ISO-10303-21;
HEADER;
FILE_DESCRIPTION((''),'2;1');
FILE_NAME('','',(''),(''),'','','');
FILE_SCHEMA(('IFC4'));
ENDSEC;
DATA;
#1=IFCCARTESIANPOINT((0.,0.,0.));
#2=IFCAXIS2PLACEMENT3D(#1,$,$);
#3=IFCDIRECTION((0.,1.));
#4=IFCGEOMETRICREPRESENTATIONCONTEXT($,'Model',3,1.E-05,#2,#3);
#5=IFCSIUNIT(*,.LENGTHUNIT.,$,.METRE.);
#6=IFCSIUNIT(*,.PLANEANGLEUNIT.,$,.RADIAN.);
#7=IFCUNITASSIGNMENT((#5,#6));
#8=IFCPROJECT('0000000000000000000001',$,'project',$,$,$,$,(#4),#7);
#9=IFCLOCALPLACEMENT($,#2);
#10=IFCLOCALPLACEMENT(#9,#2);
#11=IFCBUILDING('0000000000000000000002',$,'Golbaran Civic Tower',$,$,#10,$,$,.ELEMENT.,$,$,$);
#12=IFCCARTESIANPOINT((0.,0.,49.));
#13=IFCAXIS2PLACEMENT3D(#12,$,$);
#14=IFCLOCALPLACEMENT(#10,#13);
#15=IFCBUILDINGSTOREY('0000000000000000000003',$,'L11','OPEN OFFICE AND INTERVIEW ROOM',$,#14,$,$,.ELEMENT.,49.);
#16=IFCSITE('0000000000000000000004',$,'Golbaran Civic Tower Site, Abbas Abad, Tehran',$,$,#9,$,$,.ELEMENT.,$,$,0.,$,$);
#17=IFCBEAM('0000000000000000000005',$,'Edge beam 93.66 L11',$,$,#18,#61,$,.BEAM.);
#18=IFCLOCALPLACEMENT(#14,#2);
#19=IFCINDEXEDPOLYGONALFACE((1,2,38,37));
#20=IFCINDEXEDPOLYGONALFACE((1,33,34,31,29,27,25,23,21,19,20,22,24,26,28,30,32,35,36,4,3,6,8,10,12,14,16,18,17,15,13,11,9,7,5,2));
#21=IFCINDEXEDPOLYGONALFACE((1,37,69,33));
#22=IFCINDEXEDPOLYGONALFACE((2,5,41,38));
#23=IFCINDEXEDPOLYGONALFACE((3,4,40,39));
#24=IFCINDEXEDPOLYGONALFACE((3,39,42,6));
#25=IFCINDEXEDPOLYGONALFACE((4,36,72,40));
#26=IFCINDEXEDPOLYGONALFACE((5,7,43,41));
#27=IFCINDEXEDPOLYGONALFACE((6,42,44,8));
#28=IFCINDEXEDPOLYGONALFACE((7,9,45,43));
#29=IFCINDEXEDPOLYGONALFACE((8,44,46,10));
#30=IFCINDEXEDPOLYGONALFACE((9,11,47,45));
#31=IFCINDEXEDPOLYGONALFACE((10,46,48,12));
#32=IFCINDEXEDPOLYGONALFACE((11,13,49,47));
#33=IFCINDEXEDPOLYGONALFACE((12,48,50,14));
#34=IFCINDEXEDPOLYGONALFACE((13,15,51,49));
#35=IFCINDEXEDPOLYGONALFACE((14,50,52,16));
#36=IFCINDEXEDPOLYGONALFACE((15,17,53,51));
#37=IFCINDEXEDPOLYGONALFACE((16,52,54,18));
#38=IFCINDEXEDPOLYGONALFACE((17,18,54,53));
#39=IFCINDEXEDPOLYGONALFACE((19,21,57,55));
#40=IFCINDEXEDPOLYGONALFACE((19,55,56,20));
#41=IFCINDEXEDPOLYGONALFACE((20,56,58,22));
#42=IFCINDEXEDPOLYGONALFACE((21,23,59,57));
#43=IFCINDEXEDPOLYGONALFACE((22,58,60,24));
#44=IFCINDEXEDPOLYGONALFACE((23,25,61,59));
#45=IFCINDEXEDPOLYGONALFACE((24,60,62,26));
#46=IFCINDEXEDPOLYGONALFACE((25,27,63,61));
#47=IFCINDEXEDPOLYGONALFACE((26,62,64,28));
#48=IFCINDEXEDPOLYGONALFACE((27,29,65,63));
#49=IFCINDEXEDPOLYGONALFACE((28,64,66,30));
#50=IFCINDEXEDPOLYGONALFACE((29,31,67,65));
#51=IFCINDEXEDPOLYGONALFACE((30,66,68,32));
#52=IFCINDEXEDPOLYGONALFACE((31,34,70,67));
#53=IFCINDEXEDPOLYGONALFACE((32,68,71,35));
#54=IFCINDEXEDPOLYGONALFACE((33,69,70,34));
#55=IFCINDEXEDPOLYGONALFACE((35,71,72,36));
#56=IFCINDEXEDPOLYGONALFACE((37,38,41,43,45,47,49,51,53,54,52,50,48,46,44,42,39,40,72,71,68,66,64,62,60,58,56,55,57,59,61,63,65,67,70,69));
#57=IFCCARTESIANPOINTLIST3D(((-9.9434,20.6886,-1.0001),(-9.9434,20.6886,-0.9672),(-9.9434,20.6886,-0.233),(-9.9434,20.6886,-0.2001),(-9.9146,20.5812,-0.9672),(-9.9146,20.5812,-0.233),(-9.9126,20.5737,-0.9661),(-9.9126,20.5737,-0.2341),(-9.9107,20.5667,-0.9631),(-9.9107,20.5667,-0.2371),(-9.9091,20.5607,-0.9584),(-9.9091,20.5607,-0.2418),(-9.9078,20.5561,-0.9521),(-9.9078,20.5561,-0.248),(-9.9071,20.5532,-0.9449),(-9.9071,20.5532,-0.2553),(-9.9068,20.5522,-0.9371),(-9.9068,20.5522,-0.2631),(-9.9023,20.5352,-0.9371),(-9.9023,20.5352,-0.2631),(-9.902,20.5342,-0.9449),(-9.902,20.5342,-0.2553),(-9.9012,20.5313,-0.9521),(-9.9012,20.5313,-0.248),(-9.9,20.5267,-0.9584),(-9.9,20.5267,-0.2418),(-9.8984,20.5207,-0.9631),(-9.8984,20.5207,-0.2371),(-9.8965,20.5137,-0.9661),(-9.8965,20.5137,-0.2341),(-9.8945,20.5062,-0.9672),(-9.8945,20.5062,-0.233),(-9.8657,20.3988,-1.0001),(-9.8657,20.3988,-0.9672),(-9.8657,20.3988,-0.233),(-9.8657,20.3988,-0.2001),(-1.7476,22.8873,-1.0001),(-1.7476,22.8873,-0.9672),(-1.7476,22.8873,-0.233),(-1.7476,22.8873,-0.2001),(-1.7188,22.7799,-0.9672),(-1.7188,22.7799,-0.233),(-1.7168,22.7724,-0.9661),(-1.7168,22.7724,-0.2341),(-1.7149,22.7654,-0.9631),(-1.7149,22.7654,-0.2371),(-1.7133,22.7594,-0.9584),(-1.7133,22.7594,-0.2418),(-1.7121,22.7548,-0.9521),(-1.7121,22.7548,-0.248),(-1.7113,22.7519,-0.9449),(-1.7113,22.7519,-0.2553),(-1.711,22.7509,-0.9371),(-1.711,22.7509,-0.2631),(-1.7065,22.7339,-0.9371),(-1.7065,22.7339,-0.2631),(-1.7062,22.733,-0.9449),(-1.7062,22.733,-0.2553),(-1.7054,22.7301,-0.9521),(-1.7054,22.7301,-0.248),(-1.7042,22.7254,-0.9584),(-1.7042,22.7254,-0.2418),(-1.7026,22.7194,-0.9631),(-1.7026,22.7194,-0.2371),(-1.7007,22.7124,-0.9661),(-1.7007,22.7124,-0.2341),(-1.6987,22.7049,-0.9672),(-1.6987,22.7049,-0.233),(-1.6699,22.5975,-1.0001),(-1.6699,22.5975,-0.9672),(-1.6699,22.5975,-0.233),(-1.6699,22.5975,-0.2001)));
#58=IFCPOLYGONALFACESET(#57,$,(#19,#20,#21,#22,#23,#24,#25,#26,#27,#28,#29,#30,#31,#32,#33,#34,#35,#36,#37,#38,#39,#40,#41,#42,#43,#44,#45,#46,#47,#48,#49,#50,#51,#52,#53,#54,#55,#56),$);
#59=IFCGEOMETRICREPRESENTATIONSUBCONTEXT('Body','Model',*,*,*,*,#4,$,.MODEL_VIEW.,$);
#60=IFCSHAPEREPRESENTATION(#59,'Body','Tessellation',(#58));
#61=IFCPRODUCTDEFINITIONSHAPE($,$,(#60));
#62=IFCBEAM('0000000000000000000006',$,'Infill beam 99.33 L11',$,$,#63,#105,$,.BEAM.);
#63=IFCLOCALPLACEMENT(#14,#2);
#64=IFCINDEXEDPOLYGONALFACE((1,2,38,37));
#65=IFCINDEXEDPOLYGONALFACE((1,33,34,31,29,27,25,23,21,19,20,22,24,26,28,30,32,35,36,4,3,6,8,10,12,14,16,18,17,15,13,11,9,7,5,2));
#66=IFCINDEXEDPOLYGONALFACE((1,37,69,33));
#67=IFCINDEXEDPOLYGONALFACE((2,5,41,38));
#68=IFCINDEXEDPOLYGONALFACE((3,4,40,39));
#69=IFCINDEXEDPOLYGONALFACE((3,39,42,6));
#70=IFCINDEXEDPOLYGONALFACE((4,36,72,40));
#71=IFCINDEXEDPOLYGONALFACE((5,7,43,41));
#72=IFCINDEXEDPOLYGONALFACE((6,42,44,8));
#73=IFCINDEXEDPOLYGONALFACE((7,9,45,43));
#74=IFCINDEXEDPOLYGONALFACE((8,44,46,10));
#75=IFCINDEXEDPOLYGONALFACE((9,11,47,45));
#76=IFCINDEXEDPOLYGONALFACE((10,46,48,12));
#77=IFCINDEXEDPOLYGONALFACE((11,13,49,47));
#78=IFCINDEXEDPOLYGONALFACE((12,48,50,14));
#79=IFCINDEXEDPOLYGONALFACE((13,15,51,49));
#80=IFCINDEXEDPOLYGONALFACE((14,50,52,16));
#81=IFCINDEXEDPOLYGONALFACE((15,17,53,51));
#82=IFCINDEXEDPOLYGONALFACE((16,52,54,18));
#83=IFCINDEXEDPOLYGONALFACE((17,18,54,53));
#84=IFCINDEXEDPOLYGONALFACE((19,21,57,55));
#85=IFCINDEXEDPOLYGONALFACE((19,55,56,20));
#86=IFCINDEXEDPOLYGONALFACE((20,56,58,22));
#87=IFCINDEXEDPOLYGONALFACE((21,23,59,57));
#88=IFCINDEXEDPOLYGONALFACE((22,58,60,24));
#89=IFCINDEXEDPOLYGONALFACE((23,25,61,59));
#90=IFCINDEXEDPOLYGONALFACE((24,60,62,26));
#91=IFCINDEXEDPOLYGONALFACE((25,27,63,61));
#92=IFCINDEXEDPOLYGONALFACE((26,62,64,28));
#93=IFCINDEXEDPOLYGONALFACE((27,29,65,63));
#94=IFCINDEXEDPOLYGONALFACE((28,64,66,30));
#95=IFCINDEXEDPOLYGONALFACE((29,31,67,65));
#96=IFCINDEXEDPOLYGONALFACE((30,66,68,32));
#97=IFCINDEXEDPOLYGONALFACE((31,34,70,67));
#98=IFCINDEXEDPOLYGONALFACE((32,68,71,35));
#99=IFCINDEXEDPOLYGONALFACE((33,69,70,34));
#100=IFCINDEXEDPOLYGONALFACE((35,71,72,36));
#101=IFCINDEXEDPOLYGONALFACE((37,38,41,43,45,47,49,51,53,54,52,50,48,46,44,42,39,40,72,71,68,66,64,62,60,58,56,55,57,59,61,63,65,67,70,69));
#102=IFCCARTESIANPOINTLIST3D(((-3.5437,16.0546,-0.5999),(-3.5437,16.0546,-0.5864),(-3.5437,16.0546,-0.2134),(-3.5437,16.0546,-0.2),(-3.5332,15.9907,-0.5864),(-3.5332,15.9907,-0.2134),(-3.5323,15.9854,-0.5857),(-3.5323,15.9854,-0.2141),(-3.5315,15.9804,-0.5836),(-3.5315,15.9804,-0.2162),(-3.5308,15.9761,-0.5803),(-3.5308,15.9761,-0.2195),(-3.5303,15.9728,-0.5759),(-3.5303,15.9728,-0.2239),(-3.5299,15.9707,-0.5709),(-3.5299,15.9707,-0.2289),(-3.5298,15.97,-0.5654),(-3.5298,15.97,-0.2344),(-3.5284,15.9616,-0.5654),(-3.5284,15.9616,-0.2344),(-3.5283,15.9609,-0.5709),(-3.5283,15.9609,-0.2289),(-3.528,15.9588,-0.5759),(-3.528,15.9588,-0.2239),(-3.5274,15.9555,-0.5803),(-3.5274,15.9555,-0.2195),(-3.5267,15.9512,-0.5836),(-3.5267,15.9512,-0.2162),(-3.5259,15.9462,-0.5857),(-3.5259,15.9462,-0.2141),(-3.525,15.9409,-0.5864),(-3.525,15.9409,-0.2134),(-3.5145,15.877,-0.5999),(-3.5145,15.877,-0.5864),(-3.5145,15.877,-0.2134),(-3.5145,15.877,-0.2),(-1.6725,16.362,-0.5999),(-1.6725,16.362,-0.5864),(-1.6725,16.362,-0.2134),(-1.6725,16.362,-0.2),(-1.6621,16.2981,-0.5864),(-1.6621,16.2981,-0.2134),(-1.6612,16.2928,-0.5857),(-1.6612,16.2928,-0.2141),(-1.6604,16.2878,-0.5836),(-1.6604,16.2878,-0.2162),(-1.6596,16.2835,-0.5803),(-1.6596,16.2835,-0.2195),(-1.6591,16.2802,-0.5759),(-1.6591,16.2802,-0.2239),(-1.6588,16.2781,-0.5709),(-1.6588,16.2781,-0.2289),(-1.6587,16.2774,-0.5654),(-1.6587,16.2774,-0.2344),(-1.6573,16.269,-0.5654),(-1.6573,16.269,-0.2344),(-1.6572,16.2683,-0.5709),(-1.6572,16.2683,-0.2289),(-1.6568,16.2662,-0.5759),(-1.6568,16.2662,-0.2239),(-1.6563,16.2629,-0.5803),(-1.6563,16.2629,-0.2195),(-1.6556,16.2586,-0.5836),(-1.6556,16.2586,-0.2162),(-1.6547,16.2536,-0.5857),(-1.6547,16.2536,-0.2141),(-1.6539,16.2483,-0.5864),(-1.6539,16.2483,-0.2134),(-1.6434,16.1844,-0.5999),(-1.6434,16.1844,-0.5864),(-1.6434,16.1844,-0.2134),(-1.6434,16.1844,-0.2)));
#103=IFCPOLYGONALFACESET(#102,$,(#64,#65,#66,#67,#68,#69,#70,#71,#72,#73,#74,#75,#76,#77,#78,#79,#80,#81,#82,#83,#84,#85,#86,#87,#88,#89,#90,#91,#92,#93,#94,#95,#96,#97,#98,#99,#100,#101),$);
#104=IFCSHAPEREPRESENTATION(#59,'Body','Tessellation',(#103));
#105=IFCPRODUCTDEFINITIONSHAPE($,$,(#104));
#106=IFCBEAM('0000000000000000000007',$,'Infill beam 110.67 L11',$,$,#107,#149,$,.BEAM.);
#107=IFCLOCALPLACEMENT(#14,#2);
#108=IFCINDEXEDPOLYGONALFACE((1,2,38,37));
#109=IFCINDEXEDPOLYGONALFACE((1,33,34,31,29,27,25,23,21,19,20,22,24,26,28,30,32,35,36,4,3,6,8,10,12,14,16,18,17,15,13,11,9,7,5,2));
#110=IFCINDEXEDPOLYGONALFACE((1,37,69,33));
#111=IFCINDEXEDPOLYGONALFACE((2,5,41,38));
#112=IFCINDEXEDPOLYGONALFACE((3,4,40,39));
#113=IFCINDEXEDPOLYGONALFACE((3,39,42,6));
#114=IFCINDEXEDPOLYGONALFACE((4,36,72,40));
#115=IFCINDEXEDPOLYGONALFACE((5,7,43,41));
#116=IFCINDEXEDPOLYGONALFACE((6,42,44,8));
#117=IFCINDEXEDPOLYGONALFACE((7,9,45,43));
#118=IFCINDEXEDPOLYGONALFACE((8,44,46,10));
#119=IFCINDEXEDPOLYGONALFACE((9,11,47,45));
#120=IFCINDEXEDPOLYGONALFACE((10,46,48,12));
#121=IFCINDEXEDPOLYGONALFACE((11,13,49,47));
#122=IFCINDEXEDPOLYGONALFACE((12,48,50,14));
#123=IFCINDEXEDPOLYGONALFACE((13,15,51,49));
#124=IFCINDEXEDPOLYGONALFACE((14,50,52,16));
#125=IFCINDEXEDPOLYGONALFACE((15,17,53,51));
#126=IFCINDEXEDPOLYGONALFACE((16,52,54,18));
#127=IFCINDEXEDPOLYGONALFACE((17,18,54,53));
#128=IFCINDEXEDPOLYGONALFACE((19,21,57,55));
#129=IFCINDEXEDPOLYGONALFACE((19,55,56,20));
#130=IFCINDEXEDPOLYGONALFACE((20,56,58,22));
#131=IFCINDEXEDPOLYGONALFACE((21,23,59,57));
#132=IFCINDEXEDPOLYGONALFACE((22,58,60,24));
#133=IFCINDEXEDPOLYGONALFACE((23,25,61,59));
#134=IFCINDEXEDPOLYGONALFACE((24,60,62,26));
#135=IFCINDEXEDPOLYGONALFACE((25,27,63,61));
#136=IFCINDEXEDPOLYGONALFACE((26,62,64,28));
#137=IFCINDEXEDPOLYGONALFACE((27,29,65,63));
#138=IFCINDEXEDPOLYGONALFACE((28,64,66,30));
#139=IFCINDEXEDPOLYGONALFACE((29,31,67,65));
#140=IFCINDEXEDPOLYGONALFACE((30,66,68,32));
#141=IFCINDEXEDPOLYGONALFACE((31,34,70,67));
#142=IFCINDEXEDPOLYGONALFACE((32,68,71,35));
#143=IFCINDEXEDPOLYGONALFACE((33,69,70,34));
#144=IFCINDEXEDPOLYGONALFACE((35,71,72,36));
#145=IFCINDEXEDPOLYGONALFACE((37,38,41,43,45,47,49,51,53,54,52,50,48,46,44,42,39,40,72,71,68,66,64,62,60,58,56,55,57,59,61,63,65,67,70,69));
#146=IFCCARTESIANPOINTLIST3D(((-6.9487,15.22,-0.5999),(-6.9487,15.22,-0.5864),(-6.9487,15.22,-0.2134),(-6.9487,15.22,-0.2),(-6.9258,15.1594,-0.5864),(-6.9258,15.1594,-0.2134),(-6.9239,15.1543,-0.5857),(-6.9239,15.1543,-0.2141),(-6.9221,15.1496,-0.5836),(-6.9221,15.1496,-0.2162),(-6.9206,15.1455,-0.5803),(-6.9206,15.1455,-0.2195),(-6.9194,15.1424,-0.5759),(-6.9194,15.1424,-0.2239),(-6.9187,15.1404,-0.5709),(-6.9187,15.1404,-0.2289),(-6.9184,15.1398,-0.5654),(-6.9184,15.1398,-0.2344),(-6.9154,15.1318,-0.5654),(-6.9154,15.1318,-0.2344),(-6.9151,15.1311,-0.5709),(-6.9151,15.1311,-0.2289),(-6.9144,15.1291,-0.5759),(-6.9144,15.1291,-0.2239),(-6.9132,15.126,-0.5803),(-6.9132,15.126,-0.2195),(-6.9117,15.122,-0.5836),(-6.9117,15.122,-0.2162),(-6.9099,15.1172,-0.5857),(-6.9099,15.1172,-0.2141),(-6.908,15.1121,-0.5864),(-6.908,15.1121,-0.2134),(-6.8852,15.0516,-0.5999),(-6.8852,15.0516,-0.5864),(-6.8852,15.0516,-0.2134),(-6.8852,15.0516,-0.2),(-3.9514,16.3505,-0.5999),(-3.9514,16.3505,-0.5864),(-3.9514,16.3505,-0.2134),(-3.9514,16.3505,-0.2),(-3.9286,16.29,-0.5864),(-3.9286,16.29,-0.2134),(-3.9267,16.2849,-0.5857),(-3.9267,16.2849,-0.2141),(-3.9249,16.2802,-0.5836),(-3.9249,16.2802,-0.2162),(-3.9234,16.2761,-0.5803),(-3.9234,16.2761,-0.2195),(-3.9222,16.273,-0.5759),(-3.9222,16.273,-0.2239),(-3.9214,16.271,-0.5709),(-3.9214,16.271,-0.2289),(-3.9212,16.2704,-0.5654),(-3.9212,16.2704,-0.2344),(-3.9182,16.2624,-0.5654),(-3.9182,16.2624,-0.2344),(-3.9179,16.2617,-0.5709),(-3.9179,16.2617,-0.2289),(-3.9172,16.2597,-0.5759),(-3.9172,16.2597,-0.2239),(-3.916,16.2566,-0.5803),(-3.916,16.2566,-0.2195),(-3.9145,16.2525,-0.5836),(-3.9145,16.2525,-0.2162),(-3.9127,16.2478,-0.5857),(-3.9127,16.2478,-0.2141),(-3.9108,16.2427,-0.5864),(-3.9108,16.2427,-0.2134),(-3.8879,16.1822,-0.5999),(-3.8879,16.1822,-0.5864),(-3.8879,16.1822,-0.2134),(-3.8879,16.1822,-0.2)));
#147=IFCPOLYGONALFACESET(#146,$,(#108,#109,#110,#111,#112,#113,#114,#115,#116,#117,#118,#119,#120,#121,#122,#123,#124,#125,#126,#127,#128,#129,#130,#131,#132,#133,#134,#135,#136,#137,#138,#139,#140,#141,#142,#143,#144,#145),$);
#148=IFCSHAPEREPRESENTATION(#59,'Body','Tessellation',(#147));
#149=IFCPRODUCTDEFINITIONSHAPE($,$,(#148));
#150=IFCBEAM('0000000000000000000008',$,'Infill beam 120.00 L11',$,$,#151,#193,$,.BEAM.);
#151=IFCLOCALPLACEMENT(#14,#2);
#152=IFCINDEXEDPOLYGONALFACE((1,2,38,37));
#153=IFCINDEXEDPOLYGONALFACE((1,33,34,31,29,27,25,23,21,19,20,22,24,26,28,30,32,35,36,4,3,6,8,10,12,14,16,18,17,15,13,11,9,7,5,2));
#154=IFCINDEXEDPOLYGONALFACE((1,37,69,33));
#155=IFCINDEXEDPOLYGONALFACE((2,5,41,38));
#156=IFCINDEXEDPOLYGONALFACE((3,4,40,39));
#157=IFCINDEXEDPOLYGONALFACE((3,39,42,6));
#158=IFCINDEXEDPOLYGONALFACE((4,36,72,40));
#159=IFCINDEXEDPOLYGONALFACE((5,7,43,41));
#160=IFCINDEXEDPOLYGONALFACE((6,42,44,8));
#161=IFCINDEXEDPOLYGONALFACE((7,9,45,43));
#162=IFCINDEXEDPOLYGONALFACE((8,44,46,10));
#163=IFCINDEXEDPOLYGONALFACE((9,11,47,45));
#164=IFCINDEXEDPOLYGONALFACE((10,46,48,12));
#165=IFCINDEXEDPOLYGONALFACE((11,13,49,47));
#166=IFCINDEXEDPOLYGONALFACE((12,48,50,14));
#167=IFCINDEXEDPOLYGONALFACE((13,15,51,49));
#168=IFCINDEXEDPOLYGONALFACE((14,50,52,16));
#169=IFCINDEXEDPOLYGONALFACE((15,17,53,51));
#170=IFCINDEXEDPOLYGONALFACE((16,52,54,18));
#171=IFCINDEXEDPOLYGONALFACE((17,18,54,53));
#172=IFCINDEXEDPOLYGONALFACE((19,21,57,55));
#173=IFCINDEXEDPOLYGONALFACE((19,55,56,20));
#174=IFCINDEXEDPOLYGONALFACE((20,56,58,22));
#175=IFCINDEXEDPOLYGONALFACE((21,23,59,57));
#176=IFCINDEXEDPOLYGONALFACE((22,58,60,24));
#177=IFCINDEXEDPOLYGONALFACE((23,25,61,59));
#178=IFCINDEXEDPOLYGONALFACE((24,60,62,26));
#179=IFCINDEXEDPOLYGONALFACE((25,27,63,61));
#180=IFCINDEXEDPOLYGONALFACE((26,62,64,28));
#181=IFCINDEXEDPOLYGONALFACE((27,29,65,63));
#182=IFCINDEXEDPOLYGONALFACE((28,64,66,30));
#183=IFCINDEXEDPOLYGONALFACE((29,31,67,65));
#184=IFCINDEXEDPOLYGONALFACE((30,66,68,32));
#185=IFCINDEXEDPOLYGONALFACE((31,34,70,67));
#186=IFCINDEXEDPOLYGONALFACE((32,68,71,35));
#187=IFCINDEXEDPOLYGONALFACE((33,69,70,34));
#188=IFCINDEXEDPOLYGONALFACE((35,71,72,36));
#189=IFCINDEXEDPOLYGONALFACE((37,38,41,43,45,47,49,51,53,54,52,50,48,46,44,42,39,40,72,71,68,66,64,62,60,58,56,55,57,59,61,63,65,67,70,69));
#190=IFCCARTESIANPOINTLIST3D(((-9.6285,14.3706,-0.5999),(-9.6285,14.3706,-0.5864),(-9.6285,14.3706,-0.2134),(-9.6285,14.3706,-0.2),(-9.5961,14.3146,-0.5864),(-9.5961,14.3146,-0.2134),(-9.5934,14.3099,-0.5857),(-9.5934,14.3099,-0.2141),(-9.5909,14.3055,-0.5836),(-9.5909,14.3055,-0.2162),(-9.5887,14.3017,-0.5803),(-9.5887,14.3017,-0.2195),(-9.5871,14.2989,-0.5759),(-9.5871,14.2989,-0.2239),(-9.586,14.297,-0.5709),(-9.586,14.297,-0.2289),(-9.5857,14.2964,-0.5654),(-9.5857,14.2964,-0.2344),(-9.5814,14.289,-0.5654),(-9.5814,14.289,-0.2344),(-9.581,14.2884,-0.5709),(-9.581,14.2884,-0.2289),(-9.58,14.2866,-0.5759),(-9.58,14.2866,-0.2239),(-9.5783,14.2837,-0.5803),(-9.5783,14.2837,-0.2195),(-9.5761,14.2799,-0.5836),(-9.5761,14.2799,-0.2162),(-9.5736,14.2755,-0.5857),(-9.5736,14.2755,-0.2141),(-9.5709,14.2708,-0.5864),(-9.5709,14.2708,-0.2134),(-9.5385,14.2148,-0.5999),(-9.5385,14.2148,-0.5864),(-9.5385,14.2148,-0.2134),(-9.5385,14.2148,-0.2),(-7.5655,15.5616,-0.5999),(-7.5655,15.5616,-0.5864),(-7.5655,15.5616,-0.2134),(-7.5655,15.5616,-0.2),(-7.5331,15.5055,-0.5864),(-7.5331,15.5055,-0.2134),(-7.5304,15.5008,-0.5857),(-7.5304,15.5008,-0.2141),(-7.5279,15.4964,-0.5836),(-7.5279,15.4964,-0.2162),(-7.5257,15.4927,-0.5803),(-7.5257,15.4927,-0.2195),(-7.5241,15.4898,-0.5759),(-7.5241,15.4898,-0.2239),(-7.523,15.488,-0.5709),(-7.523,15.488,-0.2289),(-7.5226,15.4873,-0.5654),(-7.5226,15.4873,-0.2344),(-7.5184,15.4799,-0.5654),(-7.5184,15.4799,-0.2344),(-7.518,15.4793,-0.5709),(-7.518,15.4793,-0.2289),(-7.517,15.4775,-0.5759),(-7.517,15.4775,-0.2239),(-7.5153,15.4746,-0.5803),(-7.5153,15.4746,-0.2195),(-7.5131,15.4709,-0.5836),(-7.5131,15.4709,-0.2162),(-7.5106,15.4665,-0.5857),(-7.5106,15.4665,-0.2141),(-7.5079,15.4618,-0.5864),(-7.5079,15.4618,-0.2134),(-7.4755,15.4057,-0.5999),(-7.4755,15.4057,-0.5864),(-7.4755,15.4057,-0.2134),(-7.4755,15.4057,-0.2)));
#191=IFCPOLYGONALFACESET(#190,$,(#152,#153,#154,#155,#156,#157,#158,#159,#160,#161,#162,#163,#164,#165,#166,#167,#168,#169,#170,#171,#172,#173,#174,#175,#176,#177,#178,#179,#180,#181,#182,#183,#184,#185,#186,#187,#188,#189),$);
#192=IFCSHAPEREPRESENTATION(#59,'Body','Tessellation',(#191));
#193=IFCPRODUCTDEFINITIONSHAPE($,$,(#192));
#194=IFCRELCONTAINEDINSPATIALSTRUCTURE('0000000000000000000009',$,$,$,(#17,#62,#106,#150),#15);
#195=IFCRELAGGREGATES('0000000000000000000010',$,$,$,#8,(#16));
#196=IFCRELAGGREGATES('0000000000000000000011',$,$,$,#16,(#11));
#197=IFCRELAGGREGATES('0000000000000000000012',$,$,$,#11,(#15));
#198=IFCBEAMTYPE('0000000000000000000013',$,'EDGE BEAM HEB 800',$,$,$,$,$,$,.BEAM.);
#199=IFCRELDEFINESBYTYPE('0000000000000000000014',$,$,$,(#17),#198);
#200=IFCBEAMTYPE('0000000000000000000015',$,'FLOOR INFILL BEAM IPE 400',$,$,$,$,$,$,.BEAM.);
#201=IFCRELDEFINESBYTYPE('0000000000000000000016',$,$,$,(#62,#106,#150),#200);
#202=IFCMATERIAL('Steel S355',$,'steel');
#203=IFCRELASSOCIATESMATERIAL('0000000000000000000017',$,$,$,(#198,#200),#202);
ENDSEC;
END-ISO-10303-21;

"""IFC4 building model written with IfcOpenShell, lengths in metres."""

from ifc_helpers import new_model, si_unit, direction, frame, origin, origin_2d, place, context, subcontext, project, spatial, i_section, extrude, material, material_profile, profile_set, type_object, element, save


model = new_model("IFC4")

# Units and contexts
model_context = context("Model", 3, precision=1e-05, world=origin(), true_north=direction((0.0, 1.0)))
body_context = subcontext(model_context, "Body", "Model", "MODEL_VIEW")
ifc_project = project(units=[si_unit("LENGTHUNIT", "METRE"), si_unit("PLANEANGLEUNIT", "RADIAN")], contexts=[model_context])

# Site, building, storey
site_placement = place(None, origin())
site = spatial("IfcSite", under=ifc_project, at=site_placement, Name="Golbaran Civic Tower Site, Abbas Abad, Tehran", CompositionType="ELEMENT", RefElevation=0.0)
building_placement = place(site_placement, origin())
building = spatial("IfcBuilding", under=site, at=building_placement, Name="Golbaran Civic Tower", CompositionType="ELEMENT")
storey_placement = place(building_placement, frame((0.0, 0.0, 49.0)))
storey = spatial("IfcBuildingStorey", under=building, at=storey_placement, Name="L11", Description="OPEN OFFICE AND INTERVIEW ROOM", CompositionType="ELEMENT", Elevation=49.0)

# Beams
ifc_material_1 = material(Name="Steel S355", Category="steel")
ifc_material_profile_1 = material_profile(ifc_material_1, i_section(OverallWidth=0.3, OverallDepth=0.8, WebThickness=0.0176, FlangeThickness=0.033, FilletRadius=0.03, at=origin_2d()), Name="HEB 800")
ifc_profile_set_1 = profile_set([ifc_material_profile_1], Name="Steel S355")
beam_type_1 = type_object("IfcBeamType", Name="EDGE BEAM HEB 800", PredefinedType="BEAM", material=ifc_profile_set_1)
beam_1_placement = place(storey_placement, frame((-1.7087, 22.7424, -0.6001), z_axis=(-0.965847, -0.259113, 0.0), x_axis=(0.259113, -0.965847, 0.0)))
element("IfcBeam", 1, at=beam_1_placement, inside=storey, type_object=beam_type_1, Name="Edge beam 93.66 L11", PredefinedType="BEAM", context=body_context, shape_type="SweptSolid", body=[
    extrude(i_section(OverallWidth=0.3, OverallDepth=0.8, WebThickness=0.0176, FlangeThickness=0.033, FilletRadius=0.03, at=origin_2d()), origin(), (0.0, 0.0, 1.0), 8.4856),
])
ifc_material_profile_2 = material_profile(ifc_material_1, i_section(OverallWidth=0.1799, OverallDepth=0.3999, WebThickness=0.0085, FlangeThickness=0.0134, FilletRadius=0.021, at=origin_2d()), Name="IPE 400")
ifc_profile_set_2 = profile_set([ifc_material_profile_2], Name="Steel S355")
beam_type_2 = type_object("IfcBeamType", Name="FLOOR INFILL BEAM IPE 400", PredefinedType="BEAM", material=ifc_profile_set_2)
beam_2_placement = place(storey_placement, frame((-1.658, 16.2732, -0.3999), z_axis=(-0.986774, -0.162102, 0.0), x_axis=(0.162102, -0.986774, 0.0)))
element("IfcBeam", 2, at=beam_2_placement, inside=storey, type_object=beam_type_2, Name="Infill beam 99.33 L11", PredefinedType="BEAM", context=body_context, shape_type="SweptSolid", body=[
    extrude(i_section(OverallWidth=0.1799, OverallDepth=0.3999, WebThickness=0.0085, FlangeThickness=0.0134, FilletRadius=0.021, at=origin_2d()), origin(), (0.0, 0.0, 1.0), 1.8962),
])
beam_3_placement = place(storey_placement, frame((-3.9197, 16.2664, -0.3999), z_axis=(-0.935648, -0.352935, 0.0), x_axis=(0.352935, -0.935648, 0.0)))
element("IfcBeam", 3, at=beam_3_placement, inside=storey, type_object=beam_type_2, Name="Infill beam 110.67 L11", PredefinedType="BEAM", context=body_context, shape_type="SweptSolid", body=[
    extrude(i_section(OverallWidth=0.1799, OverallDepth=0.3999, WebThickness=0.0085, FlangeThickness=0.0134, FilletRadius=0.021, at=origin_2d()), origin(), (0.0, 0.0, 1.0), 3.2034),
])
beam_4_placement = place(storey_placement, frame((-7.5205, 15.4836, -0.3999), z_axis=(-0.866052, -0.499953, 0.0), x_axis=(0.499953, -0.866052, 0.0)))
element("IfcBeam", 4, at=beam_4_placement, inside=storey, type_object=beam_type_2, Name="Infill beam 120.00 L11", PredefinedType="BEAM", context=body_context, shape_type="SweptSolid", body=[
    extrude(i_section(OverallWidth=0.1799, OverallDepth=0.3999, WebThickness=0.0085, FlangeThickness=0.0134, FilletRadius=0.021, at=origin_2d()), origin(), (0.0, 0.0, 1.0), 2.3821),
])

save(model, "model.ifc")
